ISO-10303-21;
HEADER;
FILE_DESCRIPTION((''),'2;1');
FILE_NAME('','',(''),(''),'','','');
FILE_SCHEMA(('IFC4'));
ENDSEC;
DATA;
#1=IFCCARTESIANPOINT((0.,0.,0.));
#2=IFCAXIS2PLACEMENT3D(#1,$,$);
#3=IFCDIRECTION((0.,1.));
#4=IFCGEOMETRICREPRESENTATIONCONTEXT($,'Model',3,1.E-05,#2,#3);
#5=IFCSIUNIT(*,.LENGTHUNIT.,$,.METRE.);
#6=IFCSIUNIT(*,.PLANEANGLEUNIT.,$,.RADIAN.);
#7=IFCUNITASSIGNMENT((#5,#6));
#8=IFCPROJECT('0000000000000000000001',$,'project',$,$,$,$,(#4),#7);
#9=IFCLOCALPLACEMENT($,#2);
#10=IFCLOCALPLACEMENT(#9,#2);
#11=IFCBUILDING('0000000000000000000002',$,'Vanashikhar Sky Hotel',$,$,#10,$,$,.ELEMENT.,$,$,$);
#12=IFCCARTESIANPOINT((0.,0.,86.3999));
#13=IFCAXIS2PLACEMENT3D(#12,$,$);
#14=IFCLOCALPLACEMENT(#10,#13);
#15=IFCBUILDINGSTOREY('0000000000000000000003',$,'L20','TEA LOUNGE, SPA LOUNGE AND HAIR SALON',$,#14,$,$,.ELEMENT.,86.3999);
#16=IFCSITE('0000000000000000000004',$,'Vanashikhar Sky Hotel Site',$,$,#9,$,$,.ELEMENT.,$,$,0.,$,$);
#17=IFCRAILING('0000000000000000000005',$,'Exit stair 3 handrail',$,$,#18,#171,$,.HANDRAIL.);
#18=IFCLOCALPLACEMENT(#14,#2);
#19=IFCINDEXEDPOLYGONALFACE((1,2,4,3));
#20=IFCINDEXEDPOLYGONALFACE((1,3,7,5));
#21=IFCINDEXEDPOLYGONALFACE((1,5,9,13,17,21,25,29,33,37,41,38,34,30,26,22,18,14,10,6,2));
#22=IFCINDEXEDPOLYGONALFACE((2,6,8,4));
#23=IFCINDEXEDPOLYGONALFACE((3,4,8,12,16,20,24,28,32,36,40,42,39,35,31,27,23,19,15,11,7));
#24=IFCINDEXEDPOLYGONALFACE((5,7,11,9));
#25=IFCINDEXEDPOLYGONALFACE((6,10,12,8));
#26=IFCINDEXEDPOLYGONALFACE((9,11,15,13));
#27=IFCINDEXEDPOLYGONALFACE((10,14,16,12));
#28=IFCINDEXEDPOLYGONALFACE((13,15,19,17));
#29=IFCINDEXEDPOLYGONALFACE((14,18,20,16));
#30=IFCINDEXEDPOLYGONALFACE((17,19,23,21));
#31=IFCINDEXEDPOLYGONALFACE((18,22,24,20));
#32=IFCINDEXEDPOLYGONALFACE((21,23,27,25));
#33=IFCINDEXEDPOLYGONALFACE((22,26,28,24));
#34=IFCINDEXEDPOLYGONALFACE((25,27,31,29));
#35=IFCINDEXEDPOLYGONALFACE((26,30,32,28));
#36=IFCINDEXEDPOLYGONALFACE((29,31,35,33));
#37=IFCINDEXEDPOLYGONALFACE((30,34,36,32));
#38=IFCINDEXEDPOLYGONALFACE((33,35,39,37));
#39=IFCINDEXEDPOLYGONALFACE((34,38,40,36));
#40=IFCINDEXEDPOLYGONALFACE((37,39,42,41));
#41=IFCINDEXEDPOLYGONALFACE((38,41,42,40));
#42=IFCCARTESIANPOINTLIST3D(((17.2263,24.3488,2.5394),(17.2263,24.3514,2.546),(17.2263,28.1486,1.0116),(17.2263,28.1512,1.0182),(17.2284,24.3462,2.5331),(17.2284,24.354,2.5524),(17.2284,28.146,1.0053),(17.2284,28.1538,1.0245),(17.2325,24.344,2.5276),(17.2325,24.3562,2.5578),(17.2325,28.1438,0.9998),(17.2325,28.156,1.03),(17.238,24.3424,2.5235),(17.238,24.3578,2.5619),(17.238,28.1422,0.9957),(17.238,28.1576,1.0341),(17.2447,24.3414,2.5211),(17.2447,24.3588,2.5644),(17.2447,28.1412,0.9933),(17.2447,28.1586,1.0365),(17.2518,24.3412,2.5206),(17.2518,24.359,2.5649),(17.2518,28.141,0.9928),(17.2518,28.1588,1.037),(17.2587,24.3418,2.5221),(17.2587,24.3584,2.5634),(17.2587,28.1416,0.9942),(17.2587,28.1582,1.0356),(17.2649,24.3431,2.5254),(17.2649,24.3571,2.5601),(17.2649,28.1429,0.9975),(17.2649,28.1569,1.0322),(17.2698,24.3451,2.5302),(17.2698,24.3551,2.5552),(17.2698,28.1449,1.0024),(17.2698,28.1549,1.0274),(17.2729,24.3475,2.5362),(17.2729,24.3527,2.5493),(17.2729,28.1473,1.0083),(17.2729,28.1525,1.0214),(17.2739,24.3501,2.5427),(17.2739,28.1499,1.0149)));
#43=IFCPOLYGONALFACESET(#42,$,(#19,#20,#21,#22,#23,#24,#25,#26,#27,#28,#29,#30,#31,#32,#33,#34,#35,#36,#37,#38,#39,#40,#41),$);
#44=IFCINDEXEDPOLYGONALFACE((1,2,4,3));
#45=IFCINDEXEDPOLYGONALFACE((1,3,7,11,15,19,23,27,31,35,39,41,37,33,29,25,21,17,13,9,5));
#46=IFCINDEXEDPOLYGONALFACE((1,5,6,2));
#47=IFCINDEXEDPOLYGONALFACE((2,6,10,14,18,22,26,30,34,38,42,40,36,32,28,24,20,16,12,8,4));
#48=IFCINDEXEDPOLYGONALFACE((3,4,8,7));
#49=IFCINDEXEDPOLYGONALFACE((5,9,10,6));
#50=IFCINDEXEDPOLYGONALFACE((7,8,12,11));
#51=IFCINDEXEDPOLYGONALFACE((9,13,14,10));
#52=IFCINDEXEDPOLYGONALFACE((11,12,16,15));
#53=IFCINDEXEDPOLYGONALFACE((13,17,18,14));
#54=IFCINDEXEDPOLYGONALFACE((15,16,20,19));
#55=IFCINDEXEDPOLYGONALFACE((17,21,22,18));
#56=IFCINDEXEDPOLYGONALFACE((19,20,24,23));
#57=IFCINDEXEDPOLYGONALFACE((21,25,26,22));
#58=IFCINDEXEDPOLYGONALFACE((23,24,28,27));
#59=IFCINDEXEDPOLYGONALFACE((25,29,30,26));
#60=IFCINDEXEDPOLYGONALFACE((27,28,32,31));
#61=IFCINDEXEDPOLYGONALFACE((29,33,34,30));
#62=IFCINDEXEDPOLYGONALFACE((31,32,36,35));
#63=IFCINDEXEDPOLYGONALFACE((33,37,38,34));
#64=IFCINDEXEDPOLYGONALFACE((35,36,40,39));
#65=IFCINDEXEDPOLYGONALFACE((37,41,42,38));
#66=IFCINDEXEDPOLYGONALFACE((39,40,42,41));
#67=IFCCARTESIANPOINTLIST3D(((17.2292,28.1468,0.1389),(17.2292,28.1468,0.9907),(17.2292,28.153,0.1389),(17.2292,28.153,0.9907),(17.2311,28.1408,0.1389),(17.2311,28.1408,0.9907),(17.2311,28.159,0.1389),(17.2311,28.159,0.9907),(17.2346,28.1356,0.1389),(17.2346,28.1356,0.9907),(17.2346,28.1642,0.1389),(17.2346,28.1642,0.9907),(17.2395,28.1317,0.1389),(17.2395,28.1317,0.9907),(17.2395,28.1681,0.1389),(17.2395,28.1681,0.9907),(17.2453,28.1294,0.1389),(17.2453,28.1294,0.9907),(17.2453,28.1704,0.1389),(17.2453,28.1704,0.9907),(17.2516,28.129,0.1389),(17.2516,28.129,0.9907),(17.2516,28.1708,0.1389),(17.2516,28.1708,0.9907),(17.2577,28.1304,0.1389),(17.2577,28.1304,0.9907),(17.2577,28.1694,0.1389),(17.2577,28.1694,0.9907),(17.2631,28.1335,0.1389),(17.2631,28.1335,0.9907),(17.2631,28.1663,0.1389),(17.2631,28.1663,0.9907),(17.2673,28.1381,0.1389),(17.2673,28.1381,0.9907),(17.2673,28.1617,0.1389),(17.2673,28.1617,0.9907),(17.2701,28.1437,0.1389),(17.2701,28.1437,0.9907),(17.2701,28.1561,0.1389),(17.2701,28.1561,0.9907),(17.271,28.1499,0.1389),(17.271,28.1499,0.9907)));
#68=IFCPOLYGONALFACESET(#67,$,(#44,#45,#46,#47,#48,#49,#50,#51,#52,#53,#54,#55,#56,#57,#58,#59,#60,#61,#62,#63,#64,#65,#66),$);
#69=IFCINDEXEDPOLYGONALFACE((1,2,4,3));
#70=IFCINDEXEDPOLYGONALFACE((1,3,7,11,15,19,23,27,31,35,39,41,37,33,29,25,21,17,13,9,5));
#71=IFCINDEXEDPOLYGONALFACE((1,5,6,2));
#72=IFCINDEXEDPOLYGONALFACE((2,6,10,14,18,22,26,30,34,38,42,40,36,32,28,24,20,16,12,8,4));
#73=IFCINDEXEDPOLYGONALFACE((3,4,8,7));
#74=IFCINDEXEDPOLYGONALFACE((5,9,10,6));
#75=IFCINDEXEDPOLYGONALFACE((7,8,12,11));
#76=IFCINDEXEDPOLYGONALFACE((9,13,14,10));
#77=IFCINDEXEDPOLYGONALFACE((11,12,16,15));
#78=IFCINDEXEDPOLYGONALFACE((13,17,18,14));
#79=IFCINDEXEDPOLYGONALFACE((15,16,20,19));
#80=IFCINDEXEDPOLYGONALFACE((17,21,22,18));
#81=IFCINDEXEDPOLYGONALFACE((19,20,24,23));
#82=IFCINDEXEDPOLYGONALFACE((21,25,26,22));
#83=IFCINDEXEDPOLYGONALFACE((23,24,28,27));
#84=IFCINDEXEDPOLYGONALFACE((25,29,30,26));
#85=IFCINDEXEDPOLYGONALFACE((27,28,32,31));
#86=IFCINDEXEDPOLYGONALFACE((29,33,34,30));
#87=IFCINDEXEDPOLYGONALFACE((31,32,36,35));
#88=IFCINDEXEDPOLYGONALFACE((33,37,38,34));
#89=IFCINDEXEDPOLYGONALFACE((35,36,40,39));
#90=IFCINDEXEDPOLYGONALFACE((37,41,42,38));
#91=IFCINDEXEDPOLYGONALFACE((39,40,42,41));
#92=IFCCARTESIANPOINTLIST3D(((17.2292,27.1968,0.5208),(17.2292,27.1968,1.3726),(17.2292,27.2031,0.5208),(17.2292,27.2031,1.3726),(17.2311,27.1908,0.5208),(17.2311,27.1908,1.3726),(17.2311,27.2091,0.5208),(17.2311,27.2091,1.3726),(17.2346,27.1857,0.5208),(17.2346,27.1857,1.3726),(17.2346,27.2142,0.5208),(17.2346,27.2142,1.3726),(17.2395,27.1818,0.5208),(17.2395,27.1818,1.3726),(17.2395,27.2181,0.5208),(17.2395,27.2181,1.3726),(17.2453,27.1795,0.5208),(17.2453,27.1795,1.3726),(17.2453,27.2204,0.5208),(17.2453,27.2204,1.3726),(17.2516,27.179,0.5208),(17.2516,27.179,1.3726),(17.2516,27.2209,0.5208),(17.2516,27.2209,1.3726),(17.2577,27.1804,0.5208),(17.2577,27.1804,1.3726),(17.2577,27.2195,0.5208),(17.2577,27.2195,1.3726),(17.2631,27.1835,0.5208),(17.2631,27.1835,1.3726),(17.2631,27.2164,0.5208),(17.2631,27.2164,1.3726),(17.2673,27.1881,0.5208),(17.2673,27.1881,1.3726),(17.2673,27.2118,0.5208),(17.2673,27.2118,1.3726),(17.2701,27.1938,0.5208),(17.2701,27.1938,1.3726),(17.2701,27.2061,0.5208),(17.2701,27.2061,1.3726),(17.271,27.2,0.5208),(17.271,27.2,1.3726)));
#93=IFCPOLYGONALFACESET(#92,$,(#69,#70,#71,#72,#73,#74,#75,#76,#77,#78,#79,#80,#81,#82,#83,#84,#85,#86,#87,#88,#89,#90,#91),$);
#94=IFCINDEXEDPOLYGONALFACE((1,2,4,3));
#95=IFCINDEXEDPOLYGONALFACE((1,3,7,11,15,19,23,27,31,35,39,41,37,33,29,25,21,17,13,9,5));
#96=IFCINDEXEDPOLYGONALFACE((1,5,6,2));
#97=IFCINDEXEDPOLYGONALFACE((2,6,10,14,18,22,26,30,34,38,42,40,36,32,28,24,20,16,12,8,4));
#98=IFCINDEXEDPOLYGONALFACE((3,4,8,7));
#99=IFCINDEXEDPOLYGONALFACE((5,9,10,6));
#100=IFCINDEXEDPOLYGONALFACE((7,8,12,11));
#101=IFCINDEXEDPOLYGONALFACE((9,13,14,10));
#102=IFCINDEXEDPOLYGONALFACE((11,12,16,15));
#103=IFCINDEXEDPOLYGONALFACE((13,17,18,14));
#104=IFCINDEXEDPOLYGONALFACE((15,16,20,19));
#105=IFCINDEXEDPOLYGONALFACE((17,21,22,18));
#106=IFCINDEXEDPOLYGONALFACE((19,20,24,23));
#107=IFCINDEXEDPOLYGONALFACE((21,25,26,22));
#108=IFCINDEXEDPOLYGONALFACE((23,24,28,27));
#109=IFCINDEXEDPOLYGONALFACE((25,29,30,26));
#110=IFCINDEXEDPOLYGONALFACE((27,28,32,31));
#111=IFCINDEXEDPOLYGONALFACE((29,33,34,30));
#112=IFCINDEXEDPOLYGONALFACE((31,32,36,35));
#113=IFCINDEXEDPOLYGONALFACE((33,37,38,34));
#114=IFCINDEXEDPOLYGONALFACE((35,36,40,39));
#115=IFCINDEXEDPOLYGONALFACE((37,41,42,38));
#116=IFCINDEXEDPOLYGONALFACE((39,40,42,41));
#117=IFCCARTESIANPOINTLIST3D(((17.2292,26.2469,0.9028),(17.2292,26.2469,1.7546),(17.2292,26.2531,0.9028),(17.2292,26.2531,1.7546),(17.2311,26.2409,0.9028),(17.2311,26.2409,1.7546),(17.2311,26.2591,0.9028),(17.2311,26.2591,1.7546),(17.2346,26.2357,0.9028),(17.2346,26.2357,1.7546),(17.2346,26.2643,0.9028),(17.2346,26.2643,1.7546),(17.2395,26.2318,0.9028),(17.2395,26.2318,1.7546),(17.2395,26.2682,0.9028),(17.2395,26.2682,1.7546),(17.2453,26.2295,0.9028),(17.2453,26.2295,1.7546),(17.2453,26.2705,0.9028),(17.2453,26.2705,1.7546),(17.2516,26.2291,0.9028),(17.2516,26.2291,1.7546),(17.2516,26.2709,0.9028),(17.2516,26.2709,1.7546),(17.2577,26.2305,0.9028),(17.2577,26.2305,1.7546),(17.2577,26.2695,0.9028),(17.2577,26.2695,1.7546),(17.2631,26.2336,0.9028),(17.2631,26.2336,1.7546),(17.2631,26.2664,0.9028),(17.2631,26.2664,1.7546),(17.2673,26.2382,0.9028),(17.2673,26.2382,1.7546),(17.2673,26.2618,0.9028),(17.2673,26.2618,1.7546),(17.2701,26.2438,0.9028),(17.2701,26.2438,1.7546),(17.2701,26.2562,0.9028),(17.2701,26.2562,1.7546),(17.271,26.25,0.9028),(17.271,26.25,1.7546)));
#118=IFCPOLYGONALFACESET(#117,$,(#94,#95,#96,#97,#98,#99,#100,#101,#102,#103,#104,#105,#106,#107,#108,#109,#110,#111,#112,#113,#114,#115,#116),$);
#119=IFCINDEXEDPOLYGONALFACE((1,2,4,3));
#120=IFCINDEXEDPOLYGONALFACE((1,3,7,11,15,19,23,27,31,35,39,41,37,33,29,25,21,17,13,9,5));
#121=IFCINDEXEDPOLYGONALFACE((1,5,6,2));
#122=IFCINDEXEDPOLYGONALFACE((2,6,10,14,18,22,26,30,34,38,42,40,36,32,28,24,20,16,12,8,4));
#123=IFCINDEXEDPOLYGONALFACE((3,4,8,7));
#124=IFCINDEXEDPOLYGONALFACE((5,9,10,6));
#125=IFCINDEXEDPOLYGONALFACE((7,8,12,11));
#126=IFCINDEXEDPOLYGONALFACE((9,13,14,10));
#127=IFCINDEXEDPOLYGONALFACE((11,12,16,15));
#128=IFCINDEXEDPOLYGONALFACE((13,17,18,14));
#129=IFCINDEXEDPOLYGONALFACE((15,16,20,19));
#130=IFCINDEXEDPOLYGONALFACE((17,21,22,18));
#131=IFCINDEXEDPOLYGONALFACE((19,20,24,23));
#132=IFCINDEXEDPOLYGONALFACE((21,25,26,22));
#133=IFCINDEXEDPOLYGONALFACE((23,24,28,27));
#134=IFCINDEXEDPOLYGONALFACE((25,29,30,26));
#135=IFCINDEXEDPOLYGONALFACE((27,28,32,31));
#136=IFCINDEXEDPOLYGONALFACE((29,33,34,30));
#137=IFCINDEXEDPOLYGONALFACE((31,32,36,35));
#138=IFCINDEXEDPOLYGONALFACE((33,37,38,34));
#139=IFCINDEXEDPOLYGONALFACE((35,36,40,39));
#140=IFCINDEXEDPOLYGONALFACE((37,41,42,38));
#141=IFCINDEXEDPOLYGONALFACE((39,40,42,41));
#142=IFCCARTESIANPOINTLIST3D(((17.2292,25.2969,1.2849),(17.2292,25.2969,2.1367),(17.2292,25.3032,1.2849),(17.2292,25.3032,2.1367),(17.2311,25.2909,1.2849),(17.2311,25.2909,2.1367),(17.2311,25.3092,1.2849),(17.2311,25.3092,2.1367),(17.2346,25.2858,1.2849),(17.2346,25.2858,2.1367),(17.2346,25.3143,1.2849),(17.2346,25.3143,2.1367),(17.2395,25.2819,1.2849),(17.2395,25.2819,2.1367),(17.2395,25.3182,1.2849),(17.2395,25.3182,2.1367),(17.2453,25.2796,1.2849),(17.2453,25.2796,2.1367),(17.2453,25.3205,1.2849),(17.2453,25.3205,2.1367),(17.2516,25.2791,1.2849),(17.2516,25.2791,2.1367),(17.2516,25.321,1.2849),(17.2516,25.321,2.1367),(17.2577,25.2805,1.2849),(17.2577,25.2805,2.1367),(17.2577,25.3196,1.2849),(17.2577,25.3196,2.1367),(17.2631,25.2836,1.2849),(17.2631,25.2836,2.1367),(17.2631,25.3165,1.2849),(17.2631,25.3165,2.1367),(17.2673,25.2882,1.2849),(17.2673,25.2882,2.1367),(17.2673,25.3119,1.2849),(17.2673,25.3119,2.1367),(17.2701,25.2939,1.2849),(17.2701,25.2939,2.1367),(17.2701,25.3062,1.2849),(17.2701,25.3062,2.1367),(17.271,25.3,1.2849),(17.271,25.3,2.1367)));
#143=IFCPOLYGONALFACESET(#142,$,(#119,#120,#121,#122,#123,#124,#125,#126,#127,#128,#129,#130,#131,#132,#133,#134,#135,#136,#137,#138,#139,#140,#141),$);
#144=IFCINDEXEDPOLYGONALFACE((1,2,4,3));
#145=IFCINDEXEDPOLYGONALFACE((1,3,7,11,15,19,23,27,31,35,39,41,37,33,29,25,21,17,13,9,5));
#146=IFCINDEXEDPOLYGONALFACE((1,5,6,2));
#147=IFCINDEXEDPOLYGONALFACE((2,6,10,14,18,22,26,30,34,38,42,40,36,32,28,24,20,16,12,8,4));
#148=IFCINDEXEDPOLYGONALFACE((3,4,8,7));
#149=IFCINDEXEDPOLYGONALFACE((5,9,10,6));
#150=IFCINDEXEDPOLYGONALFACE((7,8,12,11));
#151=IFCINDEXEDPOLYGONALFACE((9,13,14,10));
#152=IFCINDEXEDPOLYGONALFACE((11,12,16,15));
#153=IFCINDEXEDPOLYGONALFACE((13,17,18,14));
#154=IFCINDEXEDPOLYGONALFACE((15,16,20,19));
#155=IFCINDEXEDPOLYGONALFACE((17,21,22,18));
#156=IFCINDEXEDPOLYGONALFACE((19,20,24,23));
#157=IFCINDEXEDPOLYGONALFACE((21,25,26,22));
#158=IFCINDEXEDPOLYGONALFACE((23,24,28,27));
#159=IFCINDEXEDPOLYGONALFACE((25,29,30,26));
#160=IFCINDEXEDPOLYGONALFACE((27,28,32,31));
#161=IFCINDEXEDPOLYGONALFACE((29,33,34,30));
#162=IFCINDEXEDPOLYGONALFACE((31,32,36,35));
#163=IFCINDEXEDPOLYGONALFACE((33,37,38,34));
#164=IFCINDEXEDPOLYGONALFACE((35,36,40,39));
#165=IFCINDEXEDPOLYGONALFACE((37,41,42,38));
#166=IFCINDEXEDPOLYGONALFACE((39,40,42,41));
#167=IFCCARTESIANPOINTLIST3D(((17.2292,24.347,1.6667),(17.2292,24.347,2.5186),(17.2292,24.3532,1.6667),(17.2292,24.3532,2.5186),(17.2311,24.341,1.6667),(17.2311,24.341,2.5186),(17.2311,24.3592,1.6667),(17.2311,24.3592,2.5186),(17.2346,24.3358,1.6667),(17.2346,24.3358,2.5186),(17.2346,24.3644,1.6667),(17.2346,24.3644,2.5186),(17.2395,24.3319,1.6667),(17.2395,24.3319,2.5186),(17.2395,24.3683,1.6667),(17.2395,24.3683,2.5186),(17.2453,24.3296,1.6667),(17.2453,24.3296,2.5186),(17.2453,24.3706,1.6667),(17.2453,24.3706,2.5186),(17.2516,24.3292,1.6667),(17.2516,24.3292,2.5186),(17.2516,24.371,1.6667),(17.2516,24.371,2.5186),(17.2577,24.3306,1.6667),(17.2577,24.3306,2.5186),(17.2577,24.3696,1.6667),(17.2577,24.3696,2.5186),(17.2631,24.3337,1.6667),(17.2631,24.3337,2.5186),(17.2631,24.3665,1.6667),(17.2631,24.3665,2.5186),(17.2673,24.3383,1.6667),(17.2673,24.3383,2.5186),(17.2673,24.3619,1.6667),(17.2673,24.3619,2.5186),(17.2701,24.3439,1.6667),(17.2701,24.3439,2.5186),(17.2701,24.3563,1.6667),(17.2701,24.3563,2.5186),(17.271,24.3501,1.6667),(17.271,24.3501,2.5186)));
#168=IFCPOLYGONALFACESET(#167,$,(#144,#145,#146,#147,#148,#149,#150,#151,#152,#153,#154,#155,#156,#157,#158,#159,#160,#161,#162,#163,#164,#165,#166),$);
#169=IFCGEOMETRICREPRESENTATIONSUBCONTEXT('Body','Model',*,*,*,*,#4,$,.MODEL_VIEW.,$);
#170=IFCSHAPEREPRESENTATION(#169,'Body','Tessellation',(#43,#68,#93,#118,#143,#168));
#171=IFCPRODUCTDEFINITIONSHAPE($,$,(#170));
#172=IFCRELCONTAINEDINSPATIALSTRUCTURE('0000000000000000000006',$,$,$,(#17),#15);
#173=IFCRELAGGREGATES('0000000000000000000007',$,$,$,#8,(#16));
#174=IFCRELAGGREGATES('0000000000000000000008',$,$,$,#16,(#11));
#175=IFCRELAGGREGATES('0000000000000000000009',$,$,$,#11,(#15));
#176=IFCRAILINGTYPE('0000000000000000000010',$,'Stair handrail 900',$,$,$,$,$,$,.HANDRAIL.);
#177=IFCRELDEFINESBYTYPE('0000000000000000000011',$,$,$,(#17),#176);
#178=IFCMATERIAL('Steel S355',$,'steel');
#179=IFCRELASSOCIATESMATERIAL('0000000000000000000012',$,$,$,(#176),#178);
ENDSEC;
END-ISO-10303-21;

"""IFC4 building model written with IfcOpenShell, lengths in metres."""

from ifc_helpers import new_model, si_unit, direction, frame, origin, origin_2d, place, context, subcontext, project, spatial, circle, extrude, source, transform, mapped, material, type_object, element, save


model = new_model("IFC4")

# Units and contexts
model_context = context("Model", 3, precision=1e-05, world=origin(), true_north=direction((0.0, 1.0)))
body_context = subcontext(model_context, "Body", "Model", "MODEL_VIEW")
ifc_project = project(units=[si_unit("LENGTHUNIT", "METRE"), si_unit("PLANEANGLEUNIT", "RADIAN")], contexts=[model_context])

# Site, building, storey
site_placement = place(None, origin())
site = spatial("IfcSite", under=ifc_project, at=site_placement, Name="Vanashikhar Sky Hotel Site", CompositionType="ELEMENT", RefElevation=0.0)
building_placement = place(site_placement, origin())
building = spatial("IfcBuilding", under=site, at=building_placement, Name="Vanashikhar Sky Hotel", CompositionType="ELEMENT")
storey_placement = place(building_placement, frame((0.0, 0.0, 86.3999)))
storey = spatial("IfcBuildingStorey", under=building, at=storey_placement, Name="L20", Description="TEA LOUNGE, SPA LOUNGE AND HAIR SALON", CompositionType="ELEMENT", Elevation=86.3999)

# Railing
ifc_material_1 = material(Name="Steel S355", Category="steel")
railing_type = type_object("IfcRailingType", Name="Stair handrail 900", PredefinedType="HANDRAIL", material=ifc_material_1)
shared_shape_1 = source(origin(), body_context, "Body", "SweptSolid", [
    extrude(circle(Radius=0.0239, at=origin_2d()), frame((0.0, 0.0, 0.876), z_axis=(0.0, -0.927809, 0.373055), x_axis=(1.0, 0.0, 0.0)), (0.0, 0.0, 1.0), 4.0955),
    extrude(circle(Radius=0.021, at=origin_2d()), origin(), (0.0, 0.0, 1.0), 0.8518),
    extrude(circle(Radius=0.021, at=origin_2d()), frame((0.0, -0.95, 0.3818)), (0.0, 0.0, 1.0), 0.8518),
    extrude(circle(Radius=0.021, at=origin_2d()), frame((0.0, -1.8999, 0.7639)), (0.0, 0.0, 1.0), 0.8518),
    extrude(circle(Radius=0.021, at=origin_2d()), frame((0.0, -2.8499, 1.146)), (0.0, 0.0, 1.0), 0.8518),
    extrude(circle(Radius=0.021, at=origin_2d()), frame((0.0, -3.7998, 1.5278)), (0.0, 0.0, 1.0), 0.8518),
])
railing_placement = place(storey_placement, frame((17.25, 28.1499, 0.1389)))
element("IfcRailing", 1, at=railing_placement, inside=storey, type_object=railing_type, Name="Exit stair 3 handrail", PredefinedType="HANDRAIL", context=body_context, shape_type="MappedRepresentation", body=[
    mapped(shared_shape_1, transform((0.0, 0.0, 0.0), scale=1.0)),
])

save(model, "model.ifc")
